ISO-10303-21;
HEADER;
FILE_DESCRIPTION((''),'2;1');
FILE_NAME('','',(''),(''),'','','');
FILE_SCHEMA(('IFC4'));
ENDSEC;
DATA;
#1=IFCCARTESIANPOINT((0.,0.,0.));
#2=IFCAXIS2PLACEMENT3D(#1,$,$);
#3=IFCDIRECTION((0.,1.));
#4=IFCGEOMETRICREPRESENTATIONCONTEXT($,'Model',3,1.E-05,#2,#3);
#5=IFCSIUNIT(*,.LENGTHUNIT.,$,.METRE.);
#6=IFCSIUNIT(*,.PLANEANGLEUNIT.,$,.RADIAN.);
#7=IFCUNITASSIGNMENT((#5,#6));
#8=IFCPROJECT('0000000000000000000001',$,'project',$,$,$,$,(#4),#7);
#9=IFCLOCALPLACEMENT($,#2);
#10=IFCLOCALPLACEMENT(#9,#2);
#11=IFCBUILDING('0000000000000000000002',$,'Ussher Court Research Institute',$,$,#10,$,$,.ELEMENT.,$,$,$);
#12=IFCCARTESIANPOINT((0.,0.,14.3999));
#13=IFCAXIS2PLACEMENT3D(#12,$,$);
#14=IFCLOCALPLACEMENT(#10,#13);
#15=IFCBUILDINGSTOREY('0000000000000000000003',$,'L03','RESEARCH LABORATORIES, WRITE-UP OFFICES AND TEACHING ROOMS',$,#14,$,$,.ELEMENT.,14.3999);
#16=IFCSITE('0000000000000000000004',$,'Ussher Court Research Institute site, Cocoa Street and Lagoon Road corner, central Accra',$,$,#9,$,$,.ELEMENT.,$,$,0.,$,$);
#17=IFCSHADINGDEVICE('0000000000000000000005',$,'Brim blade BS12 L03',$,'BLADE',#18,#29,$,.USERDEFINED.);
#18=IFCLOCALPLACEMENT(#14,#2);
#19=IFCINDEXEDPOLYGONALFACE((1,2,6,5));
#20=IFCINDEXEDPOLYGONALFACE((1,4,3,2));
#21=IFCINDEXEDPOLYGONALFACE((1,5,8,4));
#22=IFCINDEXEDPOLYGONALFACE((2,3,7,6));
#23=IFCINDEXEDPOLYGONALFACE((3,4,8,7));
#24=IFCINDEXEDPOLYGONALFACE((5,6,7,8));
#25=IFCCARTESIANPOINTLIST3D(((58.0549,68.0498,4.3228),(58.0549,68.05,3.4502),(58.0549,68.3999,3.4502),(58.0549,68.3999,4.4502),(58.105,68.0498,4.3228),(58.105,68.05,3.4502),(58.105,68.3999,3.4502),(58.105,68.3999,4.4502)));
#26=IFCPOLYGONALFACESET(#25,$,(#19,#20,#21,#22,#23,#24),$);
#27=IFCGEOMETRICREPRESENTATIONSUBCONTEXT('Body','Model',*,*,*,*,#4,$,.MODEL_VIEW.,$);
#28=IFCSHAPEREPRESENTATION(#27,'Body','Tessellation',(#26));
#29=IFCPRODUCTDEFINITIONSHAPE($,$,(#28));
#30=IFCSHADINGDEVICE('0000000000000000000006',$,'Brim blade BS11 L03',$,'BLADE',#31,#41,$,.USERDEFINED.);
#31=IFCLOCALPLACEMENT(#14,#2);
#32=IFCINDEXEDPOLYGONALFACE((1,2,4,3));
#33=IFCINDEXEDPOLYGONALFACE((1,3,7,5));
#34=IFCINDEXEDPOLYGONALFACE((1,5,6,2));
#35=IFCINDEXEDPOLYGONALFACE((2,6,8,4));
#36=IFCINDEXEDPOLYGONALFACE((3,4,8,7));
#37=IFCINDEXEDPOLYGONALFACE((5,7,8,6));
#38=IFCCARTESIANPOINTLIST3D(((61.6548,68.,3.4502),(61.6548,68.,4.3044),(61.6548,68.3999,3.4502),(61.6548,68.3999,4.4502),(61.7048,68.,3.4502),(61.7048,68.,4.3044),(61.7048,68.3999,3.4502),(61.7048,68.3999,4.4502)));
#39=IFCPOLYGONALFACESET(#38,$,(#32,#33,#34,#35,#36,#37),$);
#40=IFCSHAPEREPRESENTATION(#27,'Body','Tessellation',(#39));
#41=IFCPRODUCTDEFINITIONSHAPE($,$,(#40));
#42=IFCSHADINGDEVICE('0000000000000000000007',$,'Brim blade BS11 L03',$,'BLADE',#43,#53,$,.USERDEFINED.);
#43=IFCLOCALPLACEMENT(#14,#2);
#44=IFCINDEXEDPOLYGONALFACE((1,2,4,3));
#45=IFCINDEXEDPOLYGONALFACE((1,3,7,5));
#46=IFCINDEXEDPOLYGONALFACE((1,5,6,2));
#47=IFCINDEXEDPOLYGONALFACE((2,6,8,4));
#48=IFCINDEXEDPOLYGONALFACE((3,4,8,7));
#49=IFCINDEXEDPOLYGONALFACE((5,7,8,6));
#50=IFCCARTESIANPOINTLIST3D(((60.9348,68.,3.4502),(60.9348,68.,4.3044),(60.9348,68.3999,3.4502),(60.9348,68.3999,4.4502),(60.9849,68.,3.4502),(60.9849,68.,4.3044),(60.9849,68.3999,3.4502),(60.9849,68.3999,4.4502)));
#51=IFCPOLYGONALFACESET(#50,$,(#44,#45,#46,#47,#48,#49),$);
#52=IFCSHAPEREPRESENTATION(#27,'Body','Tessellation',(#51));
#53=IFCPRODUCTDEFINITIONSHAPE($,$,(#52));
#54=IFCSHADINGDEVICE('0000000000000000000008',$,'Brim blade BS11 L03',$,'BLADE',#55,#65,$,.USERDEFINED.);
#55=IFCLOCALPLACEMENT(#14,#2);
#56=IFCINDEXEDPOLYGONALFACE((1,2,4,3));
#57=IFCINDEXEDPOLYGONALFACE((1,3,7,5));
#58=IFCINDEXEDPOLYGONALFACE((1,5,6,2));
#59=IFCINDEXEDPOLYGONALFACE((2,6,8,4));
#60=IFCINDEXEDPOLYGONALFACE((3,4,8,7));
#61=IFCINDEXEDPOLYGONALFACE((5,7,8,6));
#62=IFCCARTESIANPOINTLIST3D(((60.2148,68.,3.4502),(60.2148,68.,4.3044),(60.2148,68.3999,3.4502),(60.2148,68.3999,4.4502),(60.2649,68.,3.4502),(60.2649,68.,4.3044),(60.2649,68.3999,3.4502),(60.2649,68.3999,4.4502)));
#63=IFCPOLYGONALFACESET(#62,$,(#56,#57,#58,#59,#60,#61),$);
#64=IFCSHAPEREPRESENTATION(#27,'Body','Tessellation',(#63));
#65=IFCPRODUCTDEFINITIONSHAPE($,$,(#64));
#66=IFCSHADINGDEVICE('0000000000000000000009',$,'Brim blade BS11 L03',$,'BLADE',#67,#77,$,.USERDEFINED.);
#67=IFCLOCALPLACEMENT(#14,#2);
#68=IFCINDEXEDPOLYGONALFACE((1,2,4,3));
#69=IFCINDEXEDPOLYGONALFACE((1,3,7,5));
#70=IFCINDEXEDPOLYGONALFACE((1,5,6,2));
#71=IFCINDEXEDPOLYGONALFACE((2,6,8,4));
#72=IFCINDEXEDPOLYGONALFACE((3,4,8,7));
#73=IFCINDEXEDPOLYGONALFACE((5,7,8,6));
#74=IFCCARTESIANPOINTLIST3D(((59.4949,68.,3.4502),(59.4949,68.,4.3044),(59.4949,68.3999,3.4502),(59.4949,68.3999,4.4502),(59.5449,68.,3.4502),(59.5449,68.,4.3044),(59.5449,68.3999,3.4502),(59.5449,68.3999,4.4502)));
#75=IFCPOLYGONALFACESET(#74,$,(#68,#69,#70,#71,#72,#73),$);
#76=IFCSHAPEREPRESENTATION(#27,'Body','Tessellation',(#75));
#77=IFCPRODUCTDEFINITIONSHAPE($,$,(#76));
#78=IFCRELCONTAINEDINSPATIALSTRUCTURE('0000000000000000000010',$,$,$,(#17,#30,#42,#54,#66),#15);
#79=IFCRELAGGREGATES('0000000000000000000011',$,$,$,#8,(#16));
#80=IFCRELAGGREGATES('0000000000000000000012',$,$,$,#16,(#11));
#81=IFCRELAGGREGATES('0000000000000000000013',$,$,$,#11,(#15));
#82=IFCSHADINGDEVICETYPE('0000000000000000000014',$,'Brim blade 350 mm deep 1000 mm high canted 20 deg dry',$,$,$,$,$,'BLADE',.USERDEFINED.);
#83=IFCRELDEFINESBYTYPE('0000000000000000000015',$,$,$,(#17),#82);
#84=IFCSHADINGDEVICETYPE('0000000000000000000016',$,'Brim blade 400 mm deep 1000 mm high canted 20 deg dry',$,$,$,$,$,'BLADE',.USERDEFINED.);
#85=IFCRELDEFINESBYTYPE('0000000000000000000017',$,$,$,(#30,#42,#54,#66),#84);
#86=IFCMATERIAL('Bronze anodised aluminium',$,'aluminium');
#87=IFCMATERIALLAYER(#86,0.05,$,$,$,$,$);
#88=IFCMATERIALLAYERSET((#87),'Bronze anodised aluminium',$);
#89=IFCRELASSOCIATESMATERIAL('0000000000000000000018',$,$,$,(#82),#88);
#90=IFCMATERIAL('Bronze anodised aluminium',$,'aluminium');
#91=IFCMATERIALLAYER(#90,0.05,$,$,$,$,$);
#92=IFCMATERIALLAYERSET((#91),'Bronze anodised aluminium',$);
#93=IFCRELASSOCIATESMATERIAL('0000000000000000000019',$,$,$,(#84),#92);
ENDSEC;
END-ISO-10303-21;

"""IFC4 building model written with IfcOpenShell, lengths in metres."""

from ifc_helpers import new_model, si_unit, direction, frame, origin, place, context, subcontext, project, spatial, polyline, outline, extrude, material, layer, layer_set, type_object, element, save


model = new_model("IFC4")

# Units and contexts
model_context = context("Model", 3, precision=1e-05, world=origin(), true_north=direction((0.0, 1.0)))
body_context = subcontext(model_context, "Body", "Model", "MODEL_VIEW")
ifc_project = project(units=[si_unit("LENGTHUNIT", "METRE"), si_unit("PLANEANGLEUNIT", "RADIAN")], contexts=[model_context])

# Site, building, storey
site_placement = place(None, origin())
site = spatial("IfcSite", under=ifc_project, at=site_placement, Name="Ussher Court Research Institute site, Cocoa Street and Lagoon Road corner, central Accra", CompositionType="ELEMENT", RefElevation=0.0)
building_placement = place(site_placement, origin())
building = spatial("IfcBuilding", under=site, at=building_placement, Name="Ussher Court Research Institute", CompositionType="ELEMENT")
storey_placement = place(building_placement, frame((0.0, 0.0, 14.3999)))
storey = spatial("IfcBuildingStorey", under=building, at=storey_placement, Name="L03", Description="RESEARCH LABORATORIES, WRITE-UP OFFICES AND TEACHING ROOMS", CompositionType="ELEMENT", Elevation=14.3999)

# Shading devices
ifc_material_1 = material(Name="Bronze anodised aluminium", Category="aluminium")
ifc_layer_1 = layer(ifc_material_1, 0.05)
ifc_layer_set_1 = layer_set([ifc_layer_1], Name="Bronze anodised aluminium")
shading_device_type_1 = type_object("IfcShadingDeviceType", Name="Brim blade 350 mm deep 1000 mm high canted 20 deg dry", ElementType="BLADE", PredefinedType="USERDEFINED", material=ifc_layer_set_1)
for number, where, z_axis, x_axis, name in (
    (1, (58.0801, 68.3999, 3.4502), (0.0, 0.0, 1.0), (0.0, -1.0, 0.0), "Brim blade BS12 L03"),
):
    element("IfcShadingDevice", number, at=place(storey_placement, frame(where, z_axis=z_axis, x_axis=x_axis)), inside=storey, type_object=shading_device_type_1, Name=name, ObjectType="BLADE", PredefinedType="USERDEFINED", context=body_context, shape_type="SweptSolid", body=[
        extrude(outline(polyline([(0.0, 0.0), (0.3499, 0.0), (0.3501, 0.8726), (0.0, 1.0), (0.0, 0.0)])), frame((0.0, 0.0249, 0.0), z_axis=(0.0, -1.0, 0.0), x_axis=(1.0, 0.0, 0.0)), (0.0, 0.0, 1.0), 0.05),
    ])
ifc_material_2 = material(Name="Bronze anodised aluminium", Category="aluminium")
ifc_layer_2 = layer(ifc_material_2, 0.05)
ifc_layer_set_2 = layer_set([ifc_layer_2], Name="Bronze anodised aluminium")
shading_device_type_2 = type_object("IfcShadingDeviceType", Name="Brim blade 400 mm deep 1000 mm high canted 20 deg dry", ElementType="BLADE", PredefinedType="USERDEFINED", material=ifc_layer_set_2)
for number, where, z_axis, x_axis, name in (
    (2, (61.6799, 68.3999, 3.4502), (0.0, 0.0, 1.0), (0.0, -1.0, 0.0), "Brim blade BS11 L03"),
    (3, (60.96, 68.3999, 3.4502), (0.0, 0.0, 1.0), (0.0, -1.0, 0.0), "Brim blade BS11 L03"),
    (4, (60.24, 68.3999, 3.4502), (0.0, 0.0, 1.0), (0.0, -1.0, 0.0), "Brim blade BS11 L03"),
    (5, (59.52, 68.3999, 3.4502), (0.0, 0.0, 1.0), (0.0, -1.0, 0.0), "Brim blade BS11 L03"),
):
    element("IfcShadingDevice", number, at=place(storey_placement, frame(where, z_axis=z_axis, x_axis=x_axis)), inside=storey, type_object=shading_device_type_2, Name=name, ObjectType="BLADE", PredefinedType="USERDEFINED", context=body_context, shape_type="SweptSolid", body=[
        extrude(outline(polyline([(0.0, 0.0), (0.3999, 0.0), (0.3999, 0.8542), (0.0, 1.0), (0.0, 0.0)])), frame((0.0, 0.0249, 0.0), z_axis=(0.0, -1.0, 0.0), x_axis=(1.0, 0.0, 0.0)), (0.0, 0.0, 1.0), 0.05),
    ])

save(model, "model.ifc")
